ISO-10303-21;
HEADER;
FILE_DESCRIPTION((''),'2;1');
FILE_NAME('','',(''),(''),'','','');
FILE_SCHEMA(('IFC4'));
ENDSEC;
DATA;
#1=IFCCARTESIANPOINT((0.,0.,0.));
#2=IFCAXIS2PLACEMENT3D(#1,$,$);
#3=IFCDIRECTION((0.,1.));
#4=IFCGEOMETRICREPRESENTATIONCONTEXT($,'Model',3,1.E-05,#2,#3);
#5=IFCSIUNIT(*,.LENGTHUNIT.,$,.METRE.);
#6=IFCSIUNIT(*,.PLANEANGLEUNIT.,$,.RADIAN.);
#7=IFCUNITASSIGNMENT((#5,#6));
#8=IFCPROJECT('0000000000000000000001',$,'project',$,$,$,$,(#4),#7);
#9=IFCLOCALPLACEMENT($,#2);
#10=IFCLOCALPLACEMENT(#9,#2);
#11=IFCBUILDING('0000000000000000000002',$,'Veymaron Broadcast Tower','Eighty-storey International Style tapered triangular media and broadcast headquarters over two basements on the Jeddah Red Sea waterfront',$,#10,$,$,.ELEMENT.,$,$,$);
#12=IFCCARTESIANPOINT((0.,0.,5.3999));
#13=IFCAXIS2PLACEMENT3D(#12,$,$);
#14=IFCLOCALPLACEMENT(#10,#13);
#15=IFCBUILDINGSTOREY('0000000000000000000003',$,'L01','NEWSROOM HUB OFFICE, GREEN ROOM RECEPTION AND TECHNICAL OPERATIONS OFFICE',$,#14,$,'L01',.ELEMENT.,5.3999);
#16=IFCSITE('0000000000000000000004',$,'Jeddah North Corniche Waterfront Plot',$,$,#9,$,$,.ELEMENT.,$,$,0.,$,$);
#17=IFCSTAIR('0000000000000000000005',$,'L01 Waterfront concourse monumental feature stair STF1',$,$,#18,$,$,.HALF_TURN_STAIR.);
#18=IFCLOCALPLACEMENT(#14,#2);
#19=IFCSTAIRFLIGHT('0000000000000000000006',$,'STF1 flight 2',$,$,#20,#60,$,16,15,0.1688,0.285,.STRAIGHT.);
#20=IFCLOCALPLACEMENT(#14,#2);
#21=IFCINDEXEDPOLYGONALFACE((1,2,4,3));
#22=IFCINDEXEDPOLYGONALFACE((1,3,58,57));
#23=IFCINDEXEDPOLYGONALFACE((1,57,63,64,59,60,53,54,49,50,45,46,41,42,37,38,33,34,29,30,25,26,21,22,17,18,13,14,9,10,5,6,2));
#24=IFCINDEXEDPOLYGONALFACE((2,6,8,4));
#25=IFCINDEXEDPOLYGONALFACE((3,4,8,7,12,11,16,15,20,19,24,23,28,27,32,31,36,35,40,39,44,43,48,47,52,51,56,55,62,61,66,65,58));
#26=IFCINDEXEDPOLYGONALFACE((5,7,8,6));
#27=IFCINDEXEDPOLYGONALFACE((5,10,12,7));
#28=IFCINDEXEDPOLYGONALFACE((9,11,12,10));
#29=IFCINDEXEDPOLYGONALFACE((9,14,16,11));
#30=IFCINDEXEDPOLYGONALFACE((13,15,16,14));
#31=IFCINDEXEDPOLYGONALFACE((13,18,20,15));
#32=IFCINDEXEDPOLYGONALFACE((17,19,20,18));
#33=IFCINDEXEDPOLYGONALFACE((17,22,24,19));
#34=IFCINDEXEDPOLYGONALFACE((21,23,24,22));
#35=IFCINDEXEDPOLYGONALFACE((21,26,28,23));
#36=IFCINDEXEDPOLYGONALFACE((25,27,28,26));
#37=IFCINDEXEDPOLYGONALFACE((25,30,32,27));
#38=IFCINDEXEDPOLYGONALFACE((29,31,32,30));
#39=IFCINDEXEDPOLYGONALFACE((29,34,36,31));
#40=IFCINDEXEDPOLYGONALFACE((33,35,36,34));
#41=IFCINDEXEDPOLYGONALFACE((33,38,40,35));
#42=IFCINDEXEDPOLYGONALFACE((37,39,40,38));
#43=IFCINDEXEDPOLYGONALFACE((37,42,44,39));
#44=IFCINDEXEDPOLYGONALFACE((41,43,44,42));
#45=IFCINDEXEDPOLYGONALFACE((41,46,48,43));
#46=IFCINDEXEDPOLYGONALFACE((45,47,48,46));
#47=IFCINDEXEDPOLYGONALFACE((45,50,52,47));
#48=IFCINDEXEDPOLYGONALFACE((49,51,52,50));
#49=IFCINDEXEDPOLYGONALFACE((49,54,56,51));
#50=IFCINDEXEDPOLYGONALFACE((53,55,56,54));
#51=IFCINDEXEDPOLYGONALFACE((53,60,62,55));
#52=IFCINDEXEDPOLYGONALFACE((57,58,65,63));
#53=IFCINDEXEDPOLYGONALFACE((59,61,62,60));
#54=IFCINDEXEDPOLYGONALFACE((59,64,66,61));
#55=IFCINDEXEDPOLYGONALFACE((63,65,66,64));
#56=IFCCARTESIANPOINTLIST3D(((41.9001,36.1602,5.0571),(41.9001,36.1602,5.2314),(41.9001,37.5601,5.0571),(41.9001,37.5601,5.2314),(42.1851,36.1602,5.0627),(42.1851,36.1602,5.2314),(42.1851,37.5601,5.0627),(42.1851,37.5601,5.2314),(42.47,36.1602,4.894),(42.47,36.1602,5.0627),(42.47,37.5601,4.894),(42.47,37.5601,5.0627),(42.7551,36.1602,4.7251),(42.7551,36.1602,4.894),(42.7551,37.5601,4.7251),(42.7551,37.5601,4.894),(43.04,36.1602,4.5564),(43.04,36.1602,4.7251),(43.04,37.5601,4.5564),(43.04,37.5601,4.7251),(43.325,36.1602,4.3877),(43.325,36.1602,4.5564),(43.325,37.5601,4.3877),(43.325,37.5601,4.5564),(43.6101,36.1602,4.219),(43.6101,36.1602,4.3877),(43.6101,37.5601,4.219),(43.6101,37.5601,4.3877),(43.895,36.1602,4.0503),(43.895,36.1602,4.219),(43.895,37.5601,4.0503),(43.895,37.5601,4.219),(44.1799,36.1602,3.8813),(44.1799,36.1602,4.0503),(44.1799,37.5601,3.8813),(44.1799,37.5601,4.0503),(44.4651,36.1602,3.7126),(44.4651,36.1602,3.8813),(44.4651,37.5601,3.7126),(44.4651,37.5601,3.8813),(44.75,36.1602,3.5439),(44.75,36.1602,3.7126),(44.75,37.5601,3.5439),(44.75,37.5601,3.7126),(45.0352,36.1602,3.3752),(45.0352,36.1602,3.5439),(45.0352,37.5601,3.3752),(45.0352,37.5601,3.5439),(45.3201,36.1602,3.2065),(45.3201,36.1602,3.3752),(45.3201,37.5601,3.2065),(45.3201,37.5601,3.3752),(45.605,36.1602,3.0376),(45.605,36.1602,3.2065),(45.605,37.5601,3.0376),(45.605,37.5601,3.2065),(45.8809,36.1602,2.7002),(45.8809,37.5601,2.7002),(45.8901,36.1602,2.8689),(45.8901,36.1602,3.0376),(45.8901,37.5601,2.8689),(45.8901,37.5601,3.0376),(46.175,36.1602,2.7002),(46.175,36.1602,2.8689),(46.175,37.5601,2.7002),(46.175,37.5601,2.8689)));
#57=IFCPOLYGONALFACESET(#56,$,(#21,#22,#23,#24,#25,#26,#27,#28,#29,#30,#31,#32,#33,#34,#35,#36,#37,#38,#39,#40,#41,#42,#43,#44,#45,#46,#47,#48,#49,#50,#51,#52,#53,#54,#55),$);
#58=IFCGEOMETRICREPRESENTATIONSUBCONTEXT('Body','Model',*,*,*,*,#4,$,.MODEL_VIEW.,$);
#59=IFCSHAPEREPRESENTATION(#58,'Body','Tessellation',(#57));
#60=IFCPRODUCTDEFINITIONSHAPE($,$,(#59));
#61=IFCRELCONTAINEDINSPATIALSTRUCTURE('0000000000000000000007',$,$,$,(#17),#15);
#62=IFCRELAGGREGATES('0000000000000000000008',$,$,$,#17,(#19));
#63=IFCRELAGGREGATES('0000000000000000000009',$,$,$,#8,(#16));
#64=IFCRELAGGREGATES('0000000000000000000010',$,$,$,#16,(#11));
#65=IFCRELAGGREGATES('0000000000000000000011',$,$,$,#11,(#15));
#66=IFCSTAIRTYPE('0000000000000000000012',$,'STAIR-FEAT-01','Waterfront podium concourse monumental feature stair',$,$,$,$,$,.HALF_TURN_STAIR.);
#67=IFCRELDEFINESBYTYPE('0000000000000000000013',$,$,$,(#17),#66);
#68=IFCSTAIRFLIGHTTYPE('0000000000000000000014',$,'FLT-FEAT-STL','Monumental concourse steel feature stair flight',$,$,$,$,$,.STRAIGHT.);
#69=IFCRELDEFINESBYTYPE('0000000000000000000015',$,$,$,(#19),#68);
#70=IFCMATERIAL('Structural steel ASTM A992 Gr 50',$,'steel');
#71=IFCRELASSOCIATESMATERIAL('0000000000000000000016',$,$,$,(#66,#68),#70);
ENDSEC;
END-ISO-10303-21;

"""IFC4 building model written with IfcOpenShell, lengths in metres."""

from ifc_helpers import new_model, si_unit, direction, frame, origin, place, context, subcontext, project, spatial, polyline, outline, extrude, material, type_object, element, aggregate, save


model = new_model("IFC4")

# Units and contexts
model_context = context("Model", 3, precision=1e-05, world=origin(), true_north=direction((0.0, 1.0)))
body_context = subcontext(model_context, "Body", "Model", "MODEL_VIEW")
ifc_project = project(units=[si_unit("LENGTHUNIT", "METRE"), si_unit("PLANEANGLEUNIT", "RADIAN")], contexts=[model_context])

# Site, building, storey
site_placement = place(None, origin())
site = spatial("IfcSite", under=ifc_project, at=site_placement, Name="Jeddah North Corniche Waterfront Plot", CompositionType="ELEMENT", RefElevation=0.0)
building_placement = place(site_placement, origin())
building = spatial("IfcBuilding", under=site, at=building_placement, Name="Veymaron Broadcast Tower", Description="Eighty-storey International Style tapered triangular media and broadcast headquarters over two basements on the Jeddah Red Sea waterfront", CompositionType="ELEMENT")
storey_placement = place(building_placement, frame((0.0, 0.0, 5.3999)))
storey = spatial("IfcBuildingStorey", under=building, at=storey_placement, Name="L01", Description="NEWSROOM HUB OFFICE, GREEN ROOM RECEPTION AND TECHNICAL OPERATIONS OFFICE", LongName="L01", CompositionType="ELEMENT", Elevation=5.3999)

# Shared definitions
ifc_material_1 = material(Name="Structural steel ASTM A992 Gr 50", Category="steel")

# Stair, stair flight
stair_type = type_object("IfcStairType", Name="STAIR-FEAT-01", Description="Waterfront podium concourse monumental feature stair", PredefinedType="HALF_TURN_STAIR", material=ifc_material_1)
stair_placement = place(storey_placement, origin())
stair = element("IfcStair", 1, at=stair_placement, inside=storey, type_object=stair_type, Name="L01 Waterfront concourse monumental feature stair STF1", PredefinedType="HALF_TURN_STAIR")
stair_flight_type = type_object("IfcStairFlightType", Name="FLT-FEAT-STL", Description="Monumental concourse steel feature stair flight", PredefinedType="STRAIGHT", material=ifc_material_1)
stair_flight_placement = place(storey_placement, frame((46.175, 36.8601, 2.7002), z_axis=(0.0, 0.0, 1.0), x_axis=(-1.0, 0.0, 0.0)))
stair_flight = element("IfcStairFlight", 2, at=stair_flight_placement, type_object=stair_flight_type, Name="STF1 flight 2", NumberOfRisers=16, NumberOfTreads=15, PredefinedType="STRAIGHT", RiserHeight=0.1688, TreadLength=0.285, context=body_context, shape_type="SweptSolid", body=[
    extrude(outline(polyline([(0.0, 0.0), (0.0, 0.1687), (0.2849, 0.1687), (0.2849, 0.3374), (0.5701, 0.3374), (0.5701, 0.5063), (0.855, 0.5063), (0.855, 0.675), (1.1399, 0.675), (1.1399, 0.8438), (1.425, 0.8438), (1.425, 1.0125), (1.71, 1.0125), (1.71, 1.1812), (1.9951, 1.1812), (1.9951, 1.3501), (2.28, 1.3501), (2.28, 1.5188), (2.5649, 1.5188), (2.5649, 1.6875), (2.8501, 1.6875), (2.8501, 1.8562), (3.135, 1.8562), (3.135, 2.0249), (3.4199, 2.0249), (3.4199, 2.1938), (3.7051, 2.1938), (3.7051, 2.3625), (3.99, 2.3625), (3.99, 2.5312), (4.2749, 2.5312), (4.2749, 2.7), (4.2749, 2.3569), (0.2942, 0.0), (0.0, 0.0)])), frame((0.0, 0.7, 0.0), z_axis=(0.0, -1.0, 0.0), x_axis=(1.0, 0.0, 0.0)), (0.0, 0.0, 1.0), 1.3999),
])
aggregate(stair, [stair_flight])

save(model, "model.ifc")
